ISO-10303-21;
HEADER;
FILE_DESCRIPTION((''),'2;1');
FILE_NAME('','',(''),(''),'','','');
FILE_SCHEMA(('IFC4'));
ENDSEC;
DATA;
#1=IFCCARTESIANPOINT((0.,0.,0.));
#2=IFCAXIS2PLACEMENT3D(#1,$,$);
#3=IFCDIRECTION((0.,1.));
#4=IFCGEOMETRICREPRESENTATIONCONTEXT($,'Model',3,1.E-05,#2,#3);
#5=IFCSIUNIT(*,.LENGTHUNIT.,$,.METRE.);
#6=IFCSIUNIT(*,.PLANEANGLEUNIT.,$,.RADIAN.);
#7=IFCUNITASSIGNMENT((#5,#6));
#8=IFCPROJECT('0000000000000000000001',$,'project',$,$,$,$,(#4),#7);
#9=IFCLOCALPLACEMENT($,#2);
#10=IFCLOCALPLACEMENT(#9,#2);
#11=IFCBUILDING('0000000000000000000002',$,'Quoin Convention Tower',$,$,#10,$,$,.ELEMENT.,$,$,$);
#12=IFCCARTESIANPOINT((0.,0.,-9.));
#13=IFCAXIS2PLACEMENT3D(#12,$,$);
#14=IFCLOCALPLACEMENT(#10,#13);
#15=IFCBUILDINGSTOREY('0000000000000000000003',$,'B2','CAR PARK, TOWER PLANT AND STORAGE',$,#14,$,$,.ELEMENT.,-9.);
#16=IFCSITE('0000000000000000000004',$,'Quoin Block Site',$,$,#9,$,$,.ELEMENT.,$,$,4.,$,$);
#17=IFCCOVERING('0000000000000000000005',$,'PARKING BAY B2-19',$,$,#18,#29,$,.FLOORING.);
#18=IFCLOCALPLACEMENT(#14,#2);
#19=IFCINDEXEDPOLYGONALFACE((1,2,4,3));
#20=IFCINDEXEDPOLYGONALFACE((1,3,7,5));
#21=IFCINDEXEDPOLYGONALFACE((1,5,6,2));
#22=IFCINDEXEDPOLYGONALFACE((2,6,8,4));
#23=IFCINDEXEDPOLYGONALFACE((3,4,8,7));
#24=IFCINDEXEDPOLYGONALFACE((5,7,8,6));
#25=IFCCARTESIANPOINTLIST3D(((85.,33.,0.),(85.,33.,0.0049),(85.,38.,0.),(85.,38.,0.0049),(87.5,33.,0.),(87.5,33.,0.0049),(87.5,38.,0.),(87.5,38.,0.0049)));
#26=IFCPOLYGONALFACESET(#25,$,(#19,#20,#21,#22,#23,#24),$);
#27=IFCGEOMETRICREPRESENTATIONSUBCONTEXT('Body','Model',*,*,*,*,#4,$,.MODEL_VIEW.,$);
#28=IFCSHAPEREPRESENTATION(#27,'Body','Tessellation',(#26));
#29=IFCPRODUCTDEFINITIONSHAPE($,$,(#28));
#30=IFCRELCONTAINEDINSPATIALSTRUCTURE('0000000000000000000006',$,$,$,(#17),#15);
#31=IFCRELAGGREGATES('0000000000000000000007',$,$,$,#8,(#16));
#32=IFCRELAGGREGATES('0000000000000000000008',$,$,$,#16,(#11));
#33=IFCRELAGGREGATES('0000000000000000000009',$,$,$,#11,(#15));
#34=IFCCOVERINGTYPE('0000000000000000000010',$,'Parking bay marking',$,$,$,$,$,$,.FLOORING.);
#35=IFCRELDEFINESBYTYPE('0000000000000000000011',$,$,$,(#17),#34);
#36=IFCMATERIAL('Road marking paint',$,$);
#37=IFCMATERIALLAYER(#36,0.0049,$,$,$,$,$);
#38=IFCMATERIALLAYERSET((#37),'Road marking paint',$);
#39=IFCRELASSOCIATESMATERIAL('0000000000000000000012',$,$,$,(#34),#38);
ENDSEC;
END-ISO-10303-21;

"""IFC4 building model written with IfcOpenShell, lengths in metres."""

from ifc_helpers import new_model, si_unit, direction, frame, origin, place, context, subcontext, project, spatial, polyline, outline, extrude, material, layer, layer_set, type_object, element, save


model = new_model("IFC4")

# Units and contexts
model_context = context("Model", 3, precision=1e-05, world=origin(), true_north=direction((0.0, 1.0)))
body_context = subcontext(model_context, "Body", "Model", "MODEL_VIEW")
ifc_project = project(units=[si_unit("LENGTHUNIT", "METRE"), si_unit("PLANEANGLEUNIT", "RADIAN")], contexts=[model_context])

# Site, building, storey
site_placement = place(None, origin())
site = spatial("IfcSite", under=ifc_project, at=site_placement, Name="Quoin Block Site", CompositionType="ELEMENT", RefElevation=4.0)
building_placement = place(site_placement, origin())
building = spatial("IfcBuilding", under=site, at=building_placement, Name="Quoin Convention Tower", CompositionType="ELEMENT")
storey_placement = place(building_placement, frame((0.0, 0.0, -9.0)))
storey = spatial("IfcBuildingStorey", under=building, at=storey_placement, Name="B2", Description="CAR PARK, TOWER PLANT AND STORAGE", CompositionType="ELEMENT", Elevation=-9.0)

# Covering
ifc_material_1 = material(Name="Road marking paint")
ifc_layer_1 = layer(ifc_material_1, 0.0049)
ifc_layer_set_1 = layer_set([ifc_layer_1], Name="Road marking paint")
covering_type = type_object("IfcCoveringType", Name="Parking bay marking", PredefinedType="FLOORING", material=ifc_layer_set_1)
covering_1_placement = place(storey_placement, origin())
element("IfcCovering", 1, at=covering_1_placement, inside=storey, type_object=covering_type, Name="PARKING BAY B2-19", PredefinedType="FLOORING", context=body_context, shape_type="SweptSolid", body=[
    extrude(outline(polyline([(85.0, 33.0), (87.5, 33.0), (87.5, 38.0), (85.0, 38.0), (85.0, 33.0)])), origin(), (0.0, 0.0, 1.0), 0.0049),
])

save(model, "model.ifc")
